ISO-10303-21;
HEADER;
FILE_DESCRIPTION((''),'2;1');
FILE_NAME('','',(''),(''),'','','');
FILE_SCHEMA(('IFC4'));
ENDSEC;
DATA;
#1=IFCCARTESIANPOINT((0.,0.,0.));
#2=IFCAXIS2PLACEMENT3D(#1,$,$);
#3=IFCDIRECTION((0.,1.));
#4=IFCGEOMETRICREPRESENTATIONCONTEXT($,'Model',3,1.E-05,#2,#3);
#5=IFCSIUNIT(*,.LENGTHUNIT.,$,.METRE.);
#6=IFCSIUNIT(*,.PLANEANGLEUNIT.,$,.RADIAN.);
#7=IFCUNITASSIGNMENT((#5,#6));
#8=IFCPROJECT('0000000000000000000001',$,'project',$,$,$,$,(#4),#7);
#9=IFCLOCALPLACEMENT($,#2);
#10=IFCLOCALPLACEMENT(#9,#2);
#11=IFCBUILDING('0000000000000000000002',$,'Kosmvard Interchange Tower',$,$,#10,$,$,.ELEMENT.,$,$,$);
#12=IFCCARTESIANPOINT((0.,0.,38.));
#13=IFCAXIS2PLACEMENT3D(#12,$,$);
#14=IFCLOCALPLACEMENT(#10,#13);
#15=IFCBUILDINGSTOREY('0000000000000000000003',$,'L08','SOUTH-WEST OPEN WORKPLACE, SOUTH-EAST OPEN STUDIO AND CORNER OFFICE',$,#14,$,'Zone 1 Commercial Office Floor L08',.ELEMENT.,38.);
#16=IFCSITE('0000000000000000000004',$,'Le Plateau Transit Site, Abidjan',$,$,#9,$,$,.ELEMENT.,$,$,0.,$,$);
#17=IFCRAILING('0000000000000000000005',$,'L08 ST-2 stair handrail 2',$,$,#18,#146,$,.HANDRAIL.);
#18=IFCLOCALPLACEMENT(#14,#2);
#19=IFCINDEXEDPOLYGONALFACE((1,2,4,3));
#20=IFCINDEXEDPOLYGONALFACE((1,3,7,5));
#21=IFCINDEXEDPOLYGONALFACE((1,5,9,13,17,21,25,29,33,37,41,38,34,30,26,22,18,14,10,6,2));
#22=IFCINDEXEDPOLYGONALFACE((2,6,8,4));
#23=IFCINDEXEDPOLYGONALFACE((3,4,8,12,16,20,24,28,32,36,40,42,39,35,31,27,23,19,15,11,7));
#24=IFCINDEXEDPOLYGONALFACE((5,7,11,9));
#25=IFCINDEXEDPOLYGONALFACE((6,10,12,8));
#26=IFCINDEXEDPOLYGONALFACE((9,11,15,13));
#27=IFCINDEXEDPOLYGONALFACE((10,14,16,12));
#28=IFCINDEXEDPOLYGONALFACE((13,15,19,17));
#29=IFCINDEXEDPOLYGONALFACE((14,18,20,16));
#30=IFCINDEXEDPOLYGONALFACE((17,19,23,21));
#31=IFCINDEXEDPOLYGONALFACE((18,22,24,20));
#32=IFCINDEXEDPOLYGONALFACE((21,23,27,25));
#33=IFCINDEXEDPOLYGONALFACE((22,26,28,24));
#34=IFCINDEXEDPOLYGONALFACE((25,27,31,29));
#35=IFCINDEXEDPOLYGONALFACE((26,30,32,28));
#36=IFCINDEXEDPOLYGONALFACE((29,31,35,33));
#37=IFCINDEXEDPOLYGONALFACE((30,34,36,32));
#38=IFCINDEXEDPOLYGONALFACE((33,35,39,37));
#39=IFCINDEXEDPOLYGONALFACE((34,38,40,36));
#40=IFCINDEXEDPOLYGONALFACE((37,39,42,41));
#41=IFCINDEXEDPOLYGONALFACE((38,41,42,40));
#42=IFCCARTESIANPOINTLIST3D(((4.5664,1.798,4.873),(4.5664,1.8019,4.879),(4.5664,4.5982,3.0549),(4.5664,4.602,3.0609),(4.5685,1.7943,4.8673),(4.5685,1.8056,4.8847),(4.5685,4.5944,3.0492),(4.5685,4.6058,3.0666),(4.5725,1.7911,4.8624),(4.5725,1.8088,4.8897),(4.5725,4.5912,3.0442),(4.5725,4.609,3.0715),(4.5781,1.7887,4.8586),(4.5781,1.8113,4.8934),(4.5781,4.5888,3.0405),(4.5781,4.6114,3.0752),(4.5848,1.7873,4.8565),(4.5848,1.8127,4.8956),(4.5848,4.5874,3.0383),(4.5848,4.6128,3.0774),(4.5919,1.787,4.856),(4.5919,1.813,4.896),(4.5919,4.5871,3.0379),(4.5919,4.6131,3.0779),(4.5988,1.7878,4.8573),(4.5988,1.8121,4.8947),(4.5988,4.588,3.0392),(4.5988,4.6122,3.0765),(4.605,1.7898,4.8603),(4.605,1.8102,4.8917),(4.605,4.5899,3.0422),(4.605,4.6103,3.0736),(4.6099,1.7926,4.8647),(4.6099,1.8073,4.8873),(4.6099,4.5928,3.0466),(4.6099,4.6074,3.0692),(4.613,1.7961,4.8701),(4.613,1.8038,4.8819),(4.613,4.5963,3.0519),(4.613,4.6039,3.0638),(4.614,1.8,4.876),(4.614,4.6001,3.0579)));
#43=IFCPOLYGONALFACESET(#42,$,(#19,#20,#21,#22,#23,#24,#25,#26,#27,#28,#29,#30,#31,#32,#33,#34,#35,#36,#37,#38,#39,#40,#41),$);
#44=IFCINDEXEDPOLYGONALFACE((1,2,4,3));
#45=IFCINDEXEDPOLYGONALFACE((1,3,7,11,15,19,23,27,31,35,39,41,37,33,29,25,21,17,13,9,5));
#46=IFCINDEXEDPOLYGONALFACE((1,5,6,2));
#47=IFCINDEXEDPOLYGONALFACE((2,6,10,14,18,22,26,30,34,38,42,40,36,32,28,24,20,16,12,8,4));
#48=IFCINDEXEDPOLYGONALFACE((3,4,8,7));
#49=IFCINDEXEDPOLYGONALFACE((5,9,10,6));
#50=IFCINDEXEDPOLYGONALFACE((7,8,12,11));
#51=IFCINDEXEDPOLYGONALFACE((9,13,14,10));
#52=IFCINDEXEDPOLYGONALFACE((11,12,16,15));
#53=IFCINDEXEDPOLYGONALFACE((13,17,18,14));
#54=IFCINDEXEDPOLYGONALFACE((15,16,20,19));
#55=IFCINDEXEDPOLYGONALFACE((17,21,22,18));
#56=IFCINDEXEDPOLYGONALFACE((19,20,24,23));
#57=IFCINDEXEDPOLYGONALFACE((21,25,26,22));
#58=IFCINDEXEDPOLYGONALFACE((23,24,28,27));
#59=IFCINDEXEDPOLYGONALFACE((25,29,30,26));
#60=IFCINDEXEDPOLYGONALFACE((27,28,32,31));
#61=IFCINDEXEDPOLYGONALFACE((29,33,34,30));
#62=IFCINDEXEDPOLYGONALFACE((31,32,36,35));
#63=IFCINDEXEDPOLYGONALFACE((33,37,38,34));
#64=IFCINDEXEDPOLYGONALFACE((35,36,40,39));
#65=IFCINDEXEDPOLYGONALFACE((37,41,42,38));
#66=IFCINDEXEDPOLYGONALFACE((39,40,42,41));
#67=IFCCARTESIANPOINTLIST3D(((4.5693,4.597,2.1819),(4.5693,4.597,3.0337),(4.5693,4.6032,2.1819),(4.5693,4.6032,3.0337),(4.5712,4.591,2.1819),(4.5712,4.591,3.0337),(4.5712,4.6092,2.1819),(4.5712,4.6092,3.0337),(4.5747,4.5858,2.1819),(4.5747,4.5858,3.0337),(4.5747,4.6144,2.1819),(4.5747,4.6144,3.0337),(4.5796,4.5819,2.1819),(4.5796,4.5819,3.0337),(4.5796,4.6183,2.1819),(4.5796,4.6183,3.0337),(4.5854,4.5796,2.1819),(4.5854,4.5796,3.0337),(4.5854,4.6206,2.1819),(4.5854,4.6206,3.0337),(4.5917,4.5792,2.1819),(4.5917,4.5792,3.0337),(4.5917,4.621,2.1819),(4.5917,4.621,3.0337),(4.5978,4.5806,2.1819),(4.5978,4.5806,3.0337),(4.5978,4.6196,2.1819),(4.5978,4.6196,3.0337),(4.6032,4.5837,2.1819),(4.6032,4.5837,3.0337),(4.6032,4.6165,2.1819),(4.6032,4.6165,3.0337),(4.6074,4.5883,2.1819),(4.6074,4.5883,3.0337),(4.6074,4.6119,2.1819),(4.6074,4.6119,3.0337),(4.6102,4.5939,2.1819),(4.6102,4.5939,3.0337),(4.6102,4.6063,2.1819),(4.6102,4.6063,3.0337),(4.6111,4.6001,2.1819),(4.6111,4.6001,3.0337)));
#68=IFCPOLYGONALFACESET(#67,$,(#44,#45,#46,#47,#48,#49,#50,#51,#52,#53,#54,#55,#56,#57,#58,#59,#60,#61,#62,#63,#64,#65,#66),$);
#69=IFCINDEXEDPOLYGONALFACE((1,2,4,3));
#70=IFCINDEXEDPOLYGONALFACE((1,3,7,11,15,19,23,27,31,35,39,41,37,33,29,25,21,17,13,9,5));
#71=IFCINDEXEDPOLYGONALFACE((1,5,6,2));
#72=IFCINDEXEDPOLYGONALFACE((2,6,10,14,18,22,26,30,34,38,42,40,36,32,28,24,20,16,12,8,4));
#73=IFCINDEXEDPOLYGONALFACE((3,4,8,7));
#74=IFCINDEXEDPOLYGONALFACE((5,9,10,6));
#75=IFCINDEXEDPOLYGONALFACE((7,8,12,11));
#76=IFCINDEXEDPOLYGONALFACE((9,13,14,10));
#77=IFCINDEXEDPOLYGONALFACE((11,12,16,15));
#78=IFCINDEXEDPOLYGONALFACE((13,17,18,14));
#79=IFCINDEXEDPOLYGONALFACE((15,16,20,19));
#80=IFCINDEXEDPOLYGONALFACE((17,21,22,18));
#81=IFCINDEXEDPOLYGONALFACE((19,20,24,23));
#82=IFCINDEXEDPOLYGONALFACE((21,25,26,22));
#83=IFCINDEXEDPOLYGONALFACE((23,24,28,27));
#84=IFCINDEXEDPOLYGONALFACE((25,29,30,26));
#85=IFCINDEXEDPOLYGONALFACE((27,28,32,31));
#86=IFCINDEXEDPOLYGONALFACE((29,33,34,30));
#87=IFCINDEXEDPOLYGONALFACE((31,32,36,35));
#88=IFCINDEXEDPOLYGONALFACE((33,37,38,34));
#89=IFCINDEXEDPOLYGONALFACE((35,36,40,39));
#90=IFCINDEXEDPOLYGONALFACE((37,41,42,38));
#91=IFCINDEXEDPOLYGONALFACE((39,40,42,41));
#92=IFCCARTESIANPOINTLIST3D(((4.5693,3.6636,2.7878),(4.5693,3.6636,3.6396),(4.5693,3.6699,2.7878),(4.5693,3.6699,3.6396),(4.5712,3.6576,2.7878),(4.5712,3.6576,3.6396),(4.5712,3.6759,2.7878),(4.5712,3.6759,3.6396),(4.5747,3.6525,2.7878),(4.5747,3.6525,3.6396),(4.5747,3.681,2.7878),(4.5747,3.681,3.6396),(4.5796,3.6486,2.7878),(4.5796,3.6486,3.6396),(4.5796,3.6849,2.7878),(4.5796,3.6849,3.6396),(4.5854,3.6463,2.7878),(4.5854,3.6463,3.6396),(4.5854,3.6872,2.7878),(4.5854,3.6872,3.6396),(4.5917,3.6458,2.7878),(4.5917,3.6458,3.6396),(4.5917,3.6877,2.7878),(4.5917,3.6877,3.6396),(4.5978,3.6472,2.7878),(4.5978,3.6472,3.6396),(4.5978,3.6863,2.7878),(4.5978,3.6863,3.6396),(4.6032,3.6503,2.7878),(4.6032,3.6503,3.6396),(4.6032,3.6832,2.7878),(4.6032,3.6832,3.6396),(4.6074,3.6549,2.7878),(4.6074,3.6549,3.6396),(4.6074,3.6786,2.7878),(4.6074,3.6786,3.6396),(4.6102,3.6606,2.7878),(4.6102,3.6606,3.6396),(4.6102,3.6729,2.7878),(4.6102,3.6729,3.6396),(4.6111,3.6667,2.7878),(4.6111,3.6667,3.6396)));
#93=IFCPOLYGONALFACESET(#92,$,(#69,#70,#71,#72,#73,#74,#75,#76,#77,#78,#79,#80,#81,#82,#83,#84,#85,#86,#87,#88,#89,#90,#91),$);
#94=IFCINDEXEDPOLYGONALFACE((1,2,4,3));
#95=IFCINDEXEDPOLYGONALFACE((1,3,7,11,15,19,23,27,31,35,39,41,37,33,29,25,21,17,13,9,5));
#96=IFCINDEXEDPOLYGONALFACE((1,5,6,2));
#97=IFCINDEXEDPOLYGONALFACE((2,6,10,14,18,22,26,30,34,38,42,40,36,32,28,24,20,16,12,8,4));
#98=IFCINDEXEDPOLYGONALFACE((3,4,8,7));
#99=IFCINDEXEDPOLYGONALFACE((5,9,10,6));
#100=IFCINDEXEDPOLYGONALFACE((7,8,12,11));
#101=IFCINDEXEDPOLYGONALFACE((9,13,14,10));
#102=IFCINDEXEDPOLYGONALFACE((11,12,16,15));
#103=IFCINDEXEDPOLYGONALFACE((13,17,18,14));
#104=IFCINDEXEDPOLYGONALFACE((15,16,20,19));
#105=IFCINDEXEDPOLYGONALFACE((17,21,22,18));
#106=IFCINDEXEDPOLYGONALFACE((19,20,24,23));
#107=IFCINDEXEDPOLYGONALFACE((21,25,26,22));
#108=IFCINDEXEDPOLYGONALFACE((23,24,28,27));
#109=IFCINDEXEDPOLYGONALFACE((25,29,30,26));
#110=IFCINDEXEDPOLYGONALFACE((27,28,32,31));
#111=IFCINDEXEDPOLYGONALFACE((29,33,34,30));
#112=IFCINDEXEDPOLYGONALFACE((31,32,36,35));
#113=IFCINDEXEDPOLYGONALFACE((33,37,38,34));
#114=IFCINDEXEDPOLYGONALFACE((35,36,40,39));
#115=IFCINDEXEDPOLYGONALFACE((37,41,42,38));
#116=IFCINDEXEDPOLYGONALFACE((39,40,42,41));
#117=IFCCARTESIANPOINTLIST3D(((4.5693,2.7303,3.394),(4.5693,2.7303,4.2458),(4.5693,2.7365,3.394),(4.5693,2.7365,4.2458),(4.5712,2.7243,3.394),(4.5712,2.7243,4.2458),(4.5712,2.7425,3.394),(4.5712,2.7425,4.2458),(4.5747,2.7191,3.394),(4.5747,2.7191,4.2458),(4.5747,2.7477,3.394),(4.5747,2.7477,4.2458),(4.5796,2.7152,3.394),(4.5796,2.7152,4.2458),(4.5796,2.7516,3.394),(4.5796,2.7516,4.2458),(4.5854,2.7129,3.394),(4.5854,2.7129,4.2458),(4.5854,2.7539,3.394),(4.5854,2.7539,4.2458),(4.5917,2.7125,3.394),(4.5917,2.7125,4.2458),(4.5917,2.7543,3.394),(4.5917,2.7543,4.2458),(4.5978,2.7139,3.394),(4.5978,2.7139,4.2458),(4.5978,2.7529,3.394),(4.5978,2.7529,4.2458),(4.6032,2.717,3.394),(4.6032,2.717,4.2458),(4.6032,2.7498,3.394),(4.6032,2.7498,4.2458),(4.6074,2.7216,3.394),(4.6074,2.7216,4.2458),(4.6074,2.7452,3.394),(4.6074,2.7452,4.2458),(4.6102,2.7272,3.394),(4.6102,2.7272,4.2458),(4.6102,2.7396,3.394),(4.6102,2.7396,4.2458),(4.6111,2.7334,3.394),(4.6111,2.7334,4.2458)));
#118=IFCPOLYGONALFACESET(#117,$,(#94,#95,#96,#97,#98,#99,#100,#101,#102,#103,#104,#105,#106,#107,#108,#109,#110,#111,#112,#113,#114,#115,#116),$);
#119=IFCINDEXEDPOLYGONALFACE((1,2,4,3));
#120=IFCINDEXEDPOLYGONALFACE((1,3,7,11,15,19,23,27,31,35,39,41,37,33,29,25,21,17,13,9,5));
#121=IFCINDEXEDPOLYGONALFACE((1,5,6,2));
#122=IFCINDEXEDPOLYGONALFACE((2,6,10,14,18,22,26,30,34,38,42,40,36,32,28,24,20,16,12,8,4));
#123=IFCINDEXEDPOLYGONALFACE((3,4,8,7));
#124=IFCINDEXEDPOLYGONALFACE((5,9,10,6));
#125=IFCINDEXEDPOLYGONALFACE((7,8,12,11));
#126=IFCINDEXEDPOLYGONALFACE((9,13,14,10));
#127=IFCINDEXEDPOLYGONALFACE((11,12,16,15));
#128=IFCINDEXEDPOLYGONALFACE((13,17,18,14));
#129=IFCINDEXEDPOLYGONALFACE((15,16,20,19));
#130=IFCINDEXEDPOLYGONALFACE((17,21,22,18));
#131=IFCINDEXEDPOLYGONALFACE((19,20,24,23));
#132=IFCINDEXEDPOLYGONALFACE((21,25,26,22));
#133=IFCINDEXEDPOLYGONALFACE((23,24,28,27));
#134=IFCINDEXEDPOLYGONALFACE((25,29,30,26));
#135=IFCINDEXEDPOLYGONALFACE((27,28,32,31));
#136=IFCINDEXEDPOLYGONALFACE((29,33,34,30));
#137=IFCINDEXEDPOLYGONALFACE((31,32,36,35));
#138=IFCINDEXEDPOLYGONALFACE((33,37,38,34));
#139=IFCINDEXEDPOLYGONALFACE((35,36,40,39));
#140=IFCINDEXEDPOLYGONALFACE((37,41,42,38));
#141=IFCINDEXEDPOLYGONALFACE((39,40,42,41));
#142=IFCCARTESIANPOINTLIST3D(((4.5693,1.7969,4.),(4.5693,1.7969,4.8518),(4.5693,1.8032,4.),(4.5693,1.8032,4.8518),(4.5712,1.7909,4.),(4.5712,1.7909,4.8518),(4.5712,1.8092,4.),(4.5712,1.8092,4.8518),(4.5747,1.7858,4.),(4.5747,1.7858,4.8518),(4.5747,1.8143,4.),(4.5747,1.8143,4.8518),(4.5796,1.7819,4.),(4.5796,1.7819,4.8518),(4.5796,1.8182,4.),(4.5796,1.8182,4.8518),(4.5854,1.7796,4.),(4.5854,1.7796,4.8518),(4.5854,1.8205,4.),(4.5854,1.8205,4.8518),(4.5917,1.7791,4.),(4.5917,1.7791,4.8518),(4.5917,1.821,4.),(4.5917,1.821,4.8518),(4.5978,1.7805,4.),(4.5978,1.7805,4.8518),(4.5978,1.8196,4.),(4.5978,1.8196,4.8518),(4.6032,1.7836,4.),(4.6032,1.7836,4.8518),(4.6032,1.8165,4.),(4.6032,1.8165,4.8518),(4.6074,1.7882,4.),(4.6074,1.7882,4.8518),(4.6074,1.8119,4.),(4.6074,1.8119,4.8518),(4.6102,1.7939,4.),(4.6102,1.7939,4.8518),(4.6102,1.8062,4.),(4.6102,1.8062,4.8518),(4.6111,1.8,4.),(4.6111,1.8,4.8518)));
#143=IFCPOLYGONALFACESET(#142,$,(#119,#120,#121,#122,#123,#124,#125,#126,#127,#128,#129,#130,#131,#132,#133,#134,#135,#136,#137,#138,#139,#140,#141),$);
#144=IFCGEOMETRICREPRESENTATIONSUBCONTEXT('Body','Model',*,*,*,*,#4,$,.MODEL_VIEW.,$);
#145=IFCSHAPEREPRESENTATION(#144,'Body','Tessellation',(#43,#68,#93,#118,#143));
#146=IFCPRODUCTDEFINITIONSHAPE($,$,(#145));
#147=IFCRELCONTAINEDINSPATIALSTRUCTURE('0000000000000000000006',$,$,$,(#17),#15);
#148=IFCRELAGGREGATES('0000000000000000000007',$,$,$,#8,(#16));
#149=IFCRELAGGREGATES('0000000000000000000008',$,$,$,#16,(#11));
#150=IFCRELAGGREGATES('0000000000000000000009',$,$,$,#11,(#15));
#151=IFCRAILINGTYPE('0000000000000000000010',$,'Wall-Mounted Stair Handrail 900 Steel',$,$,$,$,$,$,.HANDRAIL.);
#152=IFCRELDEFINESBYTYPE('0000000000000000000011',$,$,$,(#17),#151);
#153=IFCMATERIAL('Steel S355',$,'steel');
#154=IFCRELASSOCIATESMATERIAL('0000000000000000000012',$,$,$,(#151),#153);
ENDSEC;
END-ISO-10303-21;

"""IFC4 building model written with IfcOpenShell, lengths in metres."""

from ifc_helpers import new_model, si_unit, direction, frame, origin, origin_2d, place, context, subcontext, project, spatial, circle, extrude, source, transform, mapped, material, type_object, element, save


model = new_model("IFC4")

# Units and contexts
model_context = context("Model", 3, precision=1e-05, world=origin(), true_north=direction((0.0, 1.0)))
body_context = subcontext(model_context, "Body", "Model", "MODEL_VIEW")
ifc_project = project(units=[si_unit("LENGTHUNIT", "METRE"), si_unit("PLANEANGLEUNIT", "RADIAN")], contexts=[model_context])

# Site, building, storey
site_placement = place(None, origin())
site = spatial("IfcSite", under=ifc_project, at=site_placement, Name="Le Plateau Transit Site, Abidjan", CompositionType="ELEMENT", RefElevation=0.0)
building_placement = place(site_placement, origin())
building = spatial("IfcBuilding", under=site, at=building_placement, Name="Kosmvard Interchange Tower", CompositionType="ELEMENT")
storey_placement = place(building_placement, frame((0.0, 0.0, 38.0)))
storey = spatial("IfcBuildingStorey", under=building, at=storey_placement, Name="L08", Description="SOUTH-WEST OPEN WORKPLACE, SOUTH-EAST OPEN STUDIO AND CORNER OFFICE", LongName="Zone 1 Commercial Office Floor L08", CompositionType="ELEMENT", Elevation=38.0)

# Shared definitions
ifc_material_1 = material(Name="Steel S355", Category="steel")

# Railing
railing_type_1 = type_object("IfcRailingType", Name="Wall-Mounted Stair Handrail 900 Steel", PredefinedType="HANDRAIL", material=ifc_material_1)
shared_shape_1 = source(origin(), body_context, "Body", "SweptSolid", [
    extrude(circle(Radius=0.0239, at=origin_2d()), frame((0.0, 0.0, 0.876), z_axis=(0.0, -0.838706, 0.544585), x_axis=(1.0, 0.0, 0.0)), (0.0, 0.0, 1.0), 3.3386),
    extrude(circle(Radius=0.021, at=origin_2d()), origin(), (0.0, 0.0, 1.0), 0.8518),
    extrude(circle(Radius=0.021, at=origin_2d()), frame((0.0, -0.9333, 0.606)), (0.0, 0.0, 1.0), 0.8518),
    extrude(circle(Radius=0.021, at=origin_2d()), frame((0.0, -1.8667, 1.2122)), (0.0, 0.0, 1.0), 0.8518),
    extrude(circle(Radius=0.021, at=origin_2d()), frame((0.0, -2.8, 1.8181)), (0.0, 0.0, 1.0), 0.8518),
])
railing_1_placement = place(storey_placement, frame((4.5901, 4.6001, 2.1819)))
element("IfcRailing", 1, at=railing_1_placement, inside=storey, type_object=railing_type_1, Name="L08 ST-2 stair handrail 2", PredefinedType="HANDRAIL", context=body_context, shape_type="MappedRepresentation", body=[
    mapped(shared_shape_1, transform((0.0, 0.0, 0.0), scale=1.0)),
])

save(model, "model.ifc")
